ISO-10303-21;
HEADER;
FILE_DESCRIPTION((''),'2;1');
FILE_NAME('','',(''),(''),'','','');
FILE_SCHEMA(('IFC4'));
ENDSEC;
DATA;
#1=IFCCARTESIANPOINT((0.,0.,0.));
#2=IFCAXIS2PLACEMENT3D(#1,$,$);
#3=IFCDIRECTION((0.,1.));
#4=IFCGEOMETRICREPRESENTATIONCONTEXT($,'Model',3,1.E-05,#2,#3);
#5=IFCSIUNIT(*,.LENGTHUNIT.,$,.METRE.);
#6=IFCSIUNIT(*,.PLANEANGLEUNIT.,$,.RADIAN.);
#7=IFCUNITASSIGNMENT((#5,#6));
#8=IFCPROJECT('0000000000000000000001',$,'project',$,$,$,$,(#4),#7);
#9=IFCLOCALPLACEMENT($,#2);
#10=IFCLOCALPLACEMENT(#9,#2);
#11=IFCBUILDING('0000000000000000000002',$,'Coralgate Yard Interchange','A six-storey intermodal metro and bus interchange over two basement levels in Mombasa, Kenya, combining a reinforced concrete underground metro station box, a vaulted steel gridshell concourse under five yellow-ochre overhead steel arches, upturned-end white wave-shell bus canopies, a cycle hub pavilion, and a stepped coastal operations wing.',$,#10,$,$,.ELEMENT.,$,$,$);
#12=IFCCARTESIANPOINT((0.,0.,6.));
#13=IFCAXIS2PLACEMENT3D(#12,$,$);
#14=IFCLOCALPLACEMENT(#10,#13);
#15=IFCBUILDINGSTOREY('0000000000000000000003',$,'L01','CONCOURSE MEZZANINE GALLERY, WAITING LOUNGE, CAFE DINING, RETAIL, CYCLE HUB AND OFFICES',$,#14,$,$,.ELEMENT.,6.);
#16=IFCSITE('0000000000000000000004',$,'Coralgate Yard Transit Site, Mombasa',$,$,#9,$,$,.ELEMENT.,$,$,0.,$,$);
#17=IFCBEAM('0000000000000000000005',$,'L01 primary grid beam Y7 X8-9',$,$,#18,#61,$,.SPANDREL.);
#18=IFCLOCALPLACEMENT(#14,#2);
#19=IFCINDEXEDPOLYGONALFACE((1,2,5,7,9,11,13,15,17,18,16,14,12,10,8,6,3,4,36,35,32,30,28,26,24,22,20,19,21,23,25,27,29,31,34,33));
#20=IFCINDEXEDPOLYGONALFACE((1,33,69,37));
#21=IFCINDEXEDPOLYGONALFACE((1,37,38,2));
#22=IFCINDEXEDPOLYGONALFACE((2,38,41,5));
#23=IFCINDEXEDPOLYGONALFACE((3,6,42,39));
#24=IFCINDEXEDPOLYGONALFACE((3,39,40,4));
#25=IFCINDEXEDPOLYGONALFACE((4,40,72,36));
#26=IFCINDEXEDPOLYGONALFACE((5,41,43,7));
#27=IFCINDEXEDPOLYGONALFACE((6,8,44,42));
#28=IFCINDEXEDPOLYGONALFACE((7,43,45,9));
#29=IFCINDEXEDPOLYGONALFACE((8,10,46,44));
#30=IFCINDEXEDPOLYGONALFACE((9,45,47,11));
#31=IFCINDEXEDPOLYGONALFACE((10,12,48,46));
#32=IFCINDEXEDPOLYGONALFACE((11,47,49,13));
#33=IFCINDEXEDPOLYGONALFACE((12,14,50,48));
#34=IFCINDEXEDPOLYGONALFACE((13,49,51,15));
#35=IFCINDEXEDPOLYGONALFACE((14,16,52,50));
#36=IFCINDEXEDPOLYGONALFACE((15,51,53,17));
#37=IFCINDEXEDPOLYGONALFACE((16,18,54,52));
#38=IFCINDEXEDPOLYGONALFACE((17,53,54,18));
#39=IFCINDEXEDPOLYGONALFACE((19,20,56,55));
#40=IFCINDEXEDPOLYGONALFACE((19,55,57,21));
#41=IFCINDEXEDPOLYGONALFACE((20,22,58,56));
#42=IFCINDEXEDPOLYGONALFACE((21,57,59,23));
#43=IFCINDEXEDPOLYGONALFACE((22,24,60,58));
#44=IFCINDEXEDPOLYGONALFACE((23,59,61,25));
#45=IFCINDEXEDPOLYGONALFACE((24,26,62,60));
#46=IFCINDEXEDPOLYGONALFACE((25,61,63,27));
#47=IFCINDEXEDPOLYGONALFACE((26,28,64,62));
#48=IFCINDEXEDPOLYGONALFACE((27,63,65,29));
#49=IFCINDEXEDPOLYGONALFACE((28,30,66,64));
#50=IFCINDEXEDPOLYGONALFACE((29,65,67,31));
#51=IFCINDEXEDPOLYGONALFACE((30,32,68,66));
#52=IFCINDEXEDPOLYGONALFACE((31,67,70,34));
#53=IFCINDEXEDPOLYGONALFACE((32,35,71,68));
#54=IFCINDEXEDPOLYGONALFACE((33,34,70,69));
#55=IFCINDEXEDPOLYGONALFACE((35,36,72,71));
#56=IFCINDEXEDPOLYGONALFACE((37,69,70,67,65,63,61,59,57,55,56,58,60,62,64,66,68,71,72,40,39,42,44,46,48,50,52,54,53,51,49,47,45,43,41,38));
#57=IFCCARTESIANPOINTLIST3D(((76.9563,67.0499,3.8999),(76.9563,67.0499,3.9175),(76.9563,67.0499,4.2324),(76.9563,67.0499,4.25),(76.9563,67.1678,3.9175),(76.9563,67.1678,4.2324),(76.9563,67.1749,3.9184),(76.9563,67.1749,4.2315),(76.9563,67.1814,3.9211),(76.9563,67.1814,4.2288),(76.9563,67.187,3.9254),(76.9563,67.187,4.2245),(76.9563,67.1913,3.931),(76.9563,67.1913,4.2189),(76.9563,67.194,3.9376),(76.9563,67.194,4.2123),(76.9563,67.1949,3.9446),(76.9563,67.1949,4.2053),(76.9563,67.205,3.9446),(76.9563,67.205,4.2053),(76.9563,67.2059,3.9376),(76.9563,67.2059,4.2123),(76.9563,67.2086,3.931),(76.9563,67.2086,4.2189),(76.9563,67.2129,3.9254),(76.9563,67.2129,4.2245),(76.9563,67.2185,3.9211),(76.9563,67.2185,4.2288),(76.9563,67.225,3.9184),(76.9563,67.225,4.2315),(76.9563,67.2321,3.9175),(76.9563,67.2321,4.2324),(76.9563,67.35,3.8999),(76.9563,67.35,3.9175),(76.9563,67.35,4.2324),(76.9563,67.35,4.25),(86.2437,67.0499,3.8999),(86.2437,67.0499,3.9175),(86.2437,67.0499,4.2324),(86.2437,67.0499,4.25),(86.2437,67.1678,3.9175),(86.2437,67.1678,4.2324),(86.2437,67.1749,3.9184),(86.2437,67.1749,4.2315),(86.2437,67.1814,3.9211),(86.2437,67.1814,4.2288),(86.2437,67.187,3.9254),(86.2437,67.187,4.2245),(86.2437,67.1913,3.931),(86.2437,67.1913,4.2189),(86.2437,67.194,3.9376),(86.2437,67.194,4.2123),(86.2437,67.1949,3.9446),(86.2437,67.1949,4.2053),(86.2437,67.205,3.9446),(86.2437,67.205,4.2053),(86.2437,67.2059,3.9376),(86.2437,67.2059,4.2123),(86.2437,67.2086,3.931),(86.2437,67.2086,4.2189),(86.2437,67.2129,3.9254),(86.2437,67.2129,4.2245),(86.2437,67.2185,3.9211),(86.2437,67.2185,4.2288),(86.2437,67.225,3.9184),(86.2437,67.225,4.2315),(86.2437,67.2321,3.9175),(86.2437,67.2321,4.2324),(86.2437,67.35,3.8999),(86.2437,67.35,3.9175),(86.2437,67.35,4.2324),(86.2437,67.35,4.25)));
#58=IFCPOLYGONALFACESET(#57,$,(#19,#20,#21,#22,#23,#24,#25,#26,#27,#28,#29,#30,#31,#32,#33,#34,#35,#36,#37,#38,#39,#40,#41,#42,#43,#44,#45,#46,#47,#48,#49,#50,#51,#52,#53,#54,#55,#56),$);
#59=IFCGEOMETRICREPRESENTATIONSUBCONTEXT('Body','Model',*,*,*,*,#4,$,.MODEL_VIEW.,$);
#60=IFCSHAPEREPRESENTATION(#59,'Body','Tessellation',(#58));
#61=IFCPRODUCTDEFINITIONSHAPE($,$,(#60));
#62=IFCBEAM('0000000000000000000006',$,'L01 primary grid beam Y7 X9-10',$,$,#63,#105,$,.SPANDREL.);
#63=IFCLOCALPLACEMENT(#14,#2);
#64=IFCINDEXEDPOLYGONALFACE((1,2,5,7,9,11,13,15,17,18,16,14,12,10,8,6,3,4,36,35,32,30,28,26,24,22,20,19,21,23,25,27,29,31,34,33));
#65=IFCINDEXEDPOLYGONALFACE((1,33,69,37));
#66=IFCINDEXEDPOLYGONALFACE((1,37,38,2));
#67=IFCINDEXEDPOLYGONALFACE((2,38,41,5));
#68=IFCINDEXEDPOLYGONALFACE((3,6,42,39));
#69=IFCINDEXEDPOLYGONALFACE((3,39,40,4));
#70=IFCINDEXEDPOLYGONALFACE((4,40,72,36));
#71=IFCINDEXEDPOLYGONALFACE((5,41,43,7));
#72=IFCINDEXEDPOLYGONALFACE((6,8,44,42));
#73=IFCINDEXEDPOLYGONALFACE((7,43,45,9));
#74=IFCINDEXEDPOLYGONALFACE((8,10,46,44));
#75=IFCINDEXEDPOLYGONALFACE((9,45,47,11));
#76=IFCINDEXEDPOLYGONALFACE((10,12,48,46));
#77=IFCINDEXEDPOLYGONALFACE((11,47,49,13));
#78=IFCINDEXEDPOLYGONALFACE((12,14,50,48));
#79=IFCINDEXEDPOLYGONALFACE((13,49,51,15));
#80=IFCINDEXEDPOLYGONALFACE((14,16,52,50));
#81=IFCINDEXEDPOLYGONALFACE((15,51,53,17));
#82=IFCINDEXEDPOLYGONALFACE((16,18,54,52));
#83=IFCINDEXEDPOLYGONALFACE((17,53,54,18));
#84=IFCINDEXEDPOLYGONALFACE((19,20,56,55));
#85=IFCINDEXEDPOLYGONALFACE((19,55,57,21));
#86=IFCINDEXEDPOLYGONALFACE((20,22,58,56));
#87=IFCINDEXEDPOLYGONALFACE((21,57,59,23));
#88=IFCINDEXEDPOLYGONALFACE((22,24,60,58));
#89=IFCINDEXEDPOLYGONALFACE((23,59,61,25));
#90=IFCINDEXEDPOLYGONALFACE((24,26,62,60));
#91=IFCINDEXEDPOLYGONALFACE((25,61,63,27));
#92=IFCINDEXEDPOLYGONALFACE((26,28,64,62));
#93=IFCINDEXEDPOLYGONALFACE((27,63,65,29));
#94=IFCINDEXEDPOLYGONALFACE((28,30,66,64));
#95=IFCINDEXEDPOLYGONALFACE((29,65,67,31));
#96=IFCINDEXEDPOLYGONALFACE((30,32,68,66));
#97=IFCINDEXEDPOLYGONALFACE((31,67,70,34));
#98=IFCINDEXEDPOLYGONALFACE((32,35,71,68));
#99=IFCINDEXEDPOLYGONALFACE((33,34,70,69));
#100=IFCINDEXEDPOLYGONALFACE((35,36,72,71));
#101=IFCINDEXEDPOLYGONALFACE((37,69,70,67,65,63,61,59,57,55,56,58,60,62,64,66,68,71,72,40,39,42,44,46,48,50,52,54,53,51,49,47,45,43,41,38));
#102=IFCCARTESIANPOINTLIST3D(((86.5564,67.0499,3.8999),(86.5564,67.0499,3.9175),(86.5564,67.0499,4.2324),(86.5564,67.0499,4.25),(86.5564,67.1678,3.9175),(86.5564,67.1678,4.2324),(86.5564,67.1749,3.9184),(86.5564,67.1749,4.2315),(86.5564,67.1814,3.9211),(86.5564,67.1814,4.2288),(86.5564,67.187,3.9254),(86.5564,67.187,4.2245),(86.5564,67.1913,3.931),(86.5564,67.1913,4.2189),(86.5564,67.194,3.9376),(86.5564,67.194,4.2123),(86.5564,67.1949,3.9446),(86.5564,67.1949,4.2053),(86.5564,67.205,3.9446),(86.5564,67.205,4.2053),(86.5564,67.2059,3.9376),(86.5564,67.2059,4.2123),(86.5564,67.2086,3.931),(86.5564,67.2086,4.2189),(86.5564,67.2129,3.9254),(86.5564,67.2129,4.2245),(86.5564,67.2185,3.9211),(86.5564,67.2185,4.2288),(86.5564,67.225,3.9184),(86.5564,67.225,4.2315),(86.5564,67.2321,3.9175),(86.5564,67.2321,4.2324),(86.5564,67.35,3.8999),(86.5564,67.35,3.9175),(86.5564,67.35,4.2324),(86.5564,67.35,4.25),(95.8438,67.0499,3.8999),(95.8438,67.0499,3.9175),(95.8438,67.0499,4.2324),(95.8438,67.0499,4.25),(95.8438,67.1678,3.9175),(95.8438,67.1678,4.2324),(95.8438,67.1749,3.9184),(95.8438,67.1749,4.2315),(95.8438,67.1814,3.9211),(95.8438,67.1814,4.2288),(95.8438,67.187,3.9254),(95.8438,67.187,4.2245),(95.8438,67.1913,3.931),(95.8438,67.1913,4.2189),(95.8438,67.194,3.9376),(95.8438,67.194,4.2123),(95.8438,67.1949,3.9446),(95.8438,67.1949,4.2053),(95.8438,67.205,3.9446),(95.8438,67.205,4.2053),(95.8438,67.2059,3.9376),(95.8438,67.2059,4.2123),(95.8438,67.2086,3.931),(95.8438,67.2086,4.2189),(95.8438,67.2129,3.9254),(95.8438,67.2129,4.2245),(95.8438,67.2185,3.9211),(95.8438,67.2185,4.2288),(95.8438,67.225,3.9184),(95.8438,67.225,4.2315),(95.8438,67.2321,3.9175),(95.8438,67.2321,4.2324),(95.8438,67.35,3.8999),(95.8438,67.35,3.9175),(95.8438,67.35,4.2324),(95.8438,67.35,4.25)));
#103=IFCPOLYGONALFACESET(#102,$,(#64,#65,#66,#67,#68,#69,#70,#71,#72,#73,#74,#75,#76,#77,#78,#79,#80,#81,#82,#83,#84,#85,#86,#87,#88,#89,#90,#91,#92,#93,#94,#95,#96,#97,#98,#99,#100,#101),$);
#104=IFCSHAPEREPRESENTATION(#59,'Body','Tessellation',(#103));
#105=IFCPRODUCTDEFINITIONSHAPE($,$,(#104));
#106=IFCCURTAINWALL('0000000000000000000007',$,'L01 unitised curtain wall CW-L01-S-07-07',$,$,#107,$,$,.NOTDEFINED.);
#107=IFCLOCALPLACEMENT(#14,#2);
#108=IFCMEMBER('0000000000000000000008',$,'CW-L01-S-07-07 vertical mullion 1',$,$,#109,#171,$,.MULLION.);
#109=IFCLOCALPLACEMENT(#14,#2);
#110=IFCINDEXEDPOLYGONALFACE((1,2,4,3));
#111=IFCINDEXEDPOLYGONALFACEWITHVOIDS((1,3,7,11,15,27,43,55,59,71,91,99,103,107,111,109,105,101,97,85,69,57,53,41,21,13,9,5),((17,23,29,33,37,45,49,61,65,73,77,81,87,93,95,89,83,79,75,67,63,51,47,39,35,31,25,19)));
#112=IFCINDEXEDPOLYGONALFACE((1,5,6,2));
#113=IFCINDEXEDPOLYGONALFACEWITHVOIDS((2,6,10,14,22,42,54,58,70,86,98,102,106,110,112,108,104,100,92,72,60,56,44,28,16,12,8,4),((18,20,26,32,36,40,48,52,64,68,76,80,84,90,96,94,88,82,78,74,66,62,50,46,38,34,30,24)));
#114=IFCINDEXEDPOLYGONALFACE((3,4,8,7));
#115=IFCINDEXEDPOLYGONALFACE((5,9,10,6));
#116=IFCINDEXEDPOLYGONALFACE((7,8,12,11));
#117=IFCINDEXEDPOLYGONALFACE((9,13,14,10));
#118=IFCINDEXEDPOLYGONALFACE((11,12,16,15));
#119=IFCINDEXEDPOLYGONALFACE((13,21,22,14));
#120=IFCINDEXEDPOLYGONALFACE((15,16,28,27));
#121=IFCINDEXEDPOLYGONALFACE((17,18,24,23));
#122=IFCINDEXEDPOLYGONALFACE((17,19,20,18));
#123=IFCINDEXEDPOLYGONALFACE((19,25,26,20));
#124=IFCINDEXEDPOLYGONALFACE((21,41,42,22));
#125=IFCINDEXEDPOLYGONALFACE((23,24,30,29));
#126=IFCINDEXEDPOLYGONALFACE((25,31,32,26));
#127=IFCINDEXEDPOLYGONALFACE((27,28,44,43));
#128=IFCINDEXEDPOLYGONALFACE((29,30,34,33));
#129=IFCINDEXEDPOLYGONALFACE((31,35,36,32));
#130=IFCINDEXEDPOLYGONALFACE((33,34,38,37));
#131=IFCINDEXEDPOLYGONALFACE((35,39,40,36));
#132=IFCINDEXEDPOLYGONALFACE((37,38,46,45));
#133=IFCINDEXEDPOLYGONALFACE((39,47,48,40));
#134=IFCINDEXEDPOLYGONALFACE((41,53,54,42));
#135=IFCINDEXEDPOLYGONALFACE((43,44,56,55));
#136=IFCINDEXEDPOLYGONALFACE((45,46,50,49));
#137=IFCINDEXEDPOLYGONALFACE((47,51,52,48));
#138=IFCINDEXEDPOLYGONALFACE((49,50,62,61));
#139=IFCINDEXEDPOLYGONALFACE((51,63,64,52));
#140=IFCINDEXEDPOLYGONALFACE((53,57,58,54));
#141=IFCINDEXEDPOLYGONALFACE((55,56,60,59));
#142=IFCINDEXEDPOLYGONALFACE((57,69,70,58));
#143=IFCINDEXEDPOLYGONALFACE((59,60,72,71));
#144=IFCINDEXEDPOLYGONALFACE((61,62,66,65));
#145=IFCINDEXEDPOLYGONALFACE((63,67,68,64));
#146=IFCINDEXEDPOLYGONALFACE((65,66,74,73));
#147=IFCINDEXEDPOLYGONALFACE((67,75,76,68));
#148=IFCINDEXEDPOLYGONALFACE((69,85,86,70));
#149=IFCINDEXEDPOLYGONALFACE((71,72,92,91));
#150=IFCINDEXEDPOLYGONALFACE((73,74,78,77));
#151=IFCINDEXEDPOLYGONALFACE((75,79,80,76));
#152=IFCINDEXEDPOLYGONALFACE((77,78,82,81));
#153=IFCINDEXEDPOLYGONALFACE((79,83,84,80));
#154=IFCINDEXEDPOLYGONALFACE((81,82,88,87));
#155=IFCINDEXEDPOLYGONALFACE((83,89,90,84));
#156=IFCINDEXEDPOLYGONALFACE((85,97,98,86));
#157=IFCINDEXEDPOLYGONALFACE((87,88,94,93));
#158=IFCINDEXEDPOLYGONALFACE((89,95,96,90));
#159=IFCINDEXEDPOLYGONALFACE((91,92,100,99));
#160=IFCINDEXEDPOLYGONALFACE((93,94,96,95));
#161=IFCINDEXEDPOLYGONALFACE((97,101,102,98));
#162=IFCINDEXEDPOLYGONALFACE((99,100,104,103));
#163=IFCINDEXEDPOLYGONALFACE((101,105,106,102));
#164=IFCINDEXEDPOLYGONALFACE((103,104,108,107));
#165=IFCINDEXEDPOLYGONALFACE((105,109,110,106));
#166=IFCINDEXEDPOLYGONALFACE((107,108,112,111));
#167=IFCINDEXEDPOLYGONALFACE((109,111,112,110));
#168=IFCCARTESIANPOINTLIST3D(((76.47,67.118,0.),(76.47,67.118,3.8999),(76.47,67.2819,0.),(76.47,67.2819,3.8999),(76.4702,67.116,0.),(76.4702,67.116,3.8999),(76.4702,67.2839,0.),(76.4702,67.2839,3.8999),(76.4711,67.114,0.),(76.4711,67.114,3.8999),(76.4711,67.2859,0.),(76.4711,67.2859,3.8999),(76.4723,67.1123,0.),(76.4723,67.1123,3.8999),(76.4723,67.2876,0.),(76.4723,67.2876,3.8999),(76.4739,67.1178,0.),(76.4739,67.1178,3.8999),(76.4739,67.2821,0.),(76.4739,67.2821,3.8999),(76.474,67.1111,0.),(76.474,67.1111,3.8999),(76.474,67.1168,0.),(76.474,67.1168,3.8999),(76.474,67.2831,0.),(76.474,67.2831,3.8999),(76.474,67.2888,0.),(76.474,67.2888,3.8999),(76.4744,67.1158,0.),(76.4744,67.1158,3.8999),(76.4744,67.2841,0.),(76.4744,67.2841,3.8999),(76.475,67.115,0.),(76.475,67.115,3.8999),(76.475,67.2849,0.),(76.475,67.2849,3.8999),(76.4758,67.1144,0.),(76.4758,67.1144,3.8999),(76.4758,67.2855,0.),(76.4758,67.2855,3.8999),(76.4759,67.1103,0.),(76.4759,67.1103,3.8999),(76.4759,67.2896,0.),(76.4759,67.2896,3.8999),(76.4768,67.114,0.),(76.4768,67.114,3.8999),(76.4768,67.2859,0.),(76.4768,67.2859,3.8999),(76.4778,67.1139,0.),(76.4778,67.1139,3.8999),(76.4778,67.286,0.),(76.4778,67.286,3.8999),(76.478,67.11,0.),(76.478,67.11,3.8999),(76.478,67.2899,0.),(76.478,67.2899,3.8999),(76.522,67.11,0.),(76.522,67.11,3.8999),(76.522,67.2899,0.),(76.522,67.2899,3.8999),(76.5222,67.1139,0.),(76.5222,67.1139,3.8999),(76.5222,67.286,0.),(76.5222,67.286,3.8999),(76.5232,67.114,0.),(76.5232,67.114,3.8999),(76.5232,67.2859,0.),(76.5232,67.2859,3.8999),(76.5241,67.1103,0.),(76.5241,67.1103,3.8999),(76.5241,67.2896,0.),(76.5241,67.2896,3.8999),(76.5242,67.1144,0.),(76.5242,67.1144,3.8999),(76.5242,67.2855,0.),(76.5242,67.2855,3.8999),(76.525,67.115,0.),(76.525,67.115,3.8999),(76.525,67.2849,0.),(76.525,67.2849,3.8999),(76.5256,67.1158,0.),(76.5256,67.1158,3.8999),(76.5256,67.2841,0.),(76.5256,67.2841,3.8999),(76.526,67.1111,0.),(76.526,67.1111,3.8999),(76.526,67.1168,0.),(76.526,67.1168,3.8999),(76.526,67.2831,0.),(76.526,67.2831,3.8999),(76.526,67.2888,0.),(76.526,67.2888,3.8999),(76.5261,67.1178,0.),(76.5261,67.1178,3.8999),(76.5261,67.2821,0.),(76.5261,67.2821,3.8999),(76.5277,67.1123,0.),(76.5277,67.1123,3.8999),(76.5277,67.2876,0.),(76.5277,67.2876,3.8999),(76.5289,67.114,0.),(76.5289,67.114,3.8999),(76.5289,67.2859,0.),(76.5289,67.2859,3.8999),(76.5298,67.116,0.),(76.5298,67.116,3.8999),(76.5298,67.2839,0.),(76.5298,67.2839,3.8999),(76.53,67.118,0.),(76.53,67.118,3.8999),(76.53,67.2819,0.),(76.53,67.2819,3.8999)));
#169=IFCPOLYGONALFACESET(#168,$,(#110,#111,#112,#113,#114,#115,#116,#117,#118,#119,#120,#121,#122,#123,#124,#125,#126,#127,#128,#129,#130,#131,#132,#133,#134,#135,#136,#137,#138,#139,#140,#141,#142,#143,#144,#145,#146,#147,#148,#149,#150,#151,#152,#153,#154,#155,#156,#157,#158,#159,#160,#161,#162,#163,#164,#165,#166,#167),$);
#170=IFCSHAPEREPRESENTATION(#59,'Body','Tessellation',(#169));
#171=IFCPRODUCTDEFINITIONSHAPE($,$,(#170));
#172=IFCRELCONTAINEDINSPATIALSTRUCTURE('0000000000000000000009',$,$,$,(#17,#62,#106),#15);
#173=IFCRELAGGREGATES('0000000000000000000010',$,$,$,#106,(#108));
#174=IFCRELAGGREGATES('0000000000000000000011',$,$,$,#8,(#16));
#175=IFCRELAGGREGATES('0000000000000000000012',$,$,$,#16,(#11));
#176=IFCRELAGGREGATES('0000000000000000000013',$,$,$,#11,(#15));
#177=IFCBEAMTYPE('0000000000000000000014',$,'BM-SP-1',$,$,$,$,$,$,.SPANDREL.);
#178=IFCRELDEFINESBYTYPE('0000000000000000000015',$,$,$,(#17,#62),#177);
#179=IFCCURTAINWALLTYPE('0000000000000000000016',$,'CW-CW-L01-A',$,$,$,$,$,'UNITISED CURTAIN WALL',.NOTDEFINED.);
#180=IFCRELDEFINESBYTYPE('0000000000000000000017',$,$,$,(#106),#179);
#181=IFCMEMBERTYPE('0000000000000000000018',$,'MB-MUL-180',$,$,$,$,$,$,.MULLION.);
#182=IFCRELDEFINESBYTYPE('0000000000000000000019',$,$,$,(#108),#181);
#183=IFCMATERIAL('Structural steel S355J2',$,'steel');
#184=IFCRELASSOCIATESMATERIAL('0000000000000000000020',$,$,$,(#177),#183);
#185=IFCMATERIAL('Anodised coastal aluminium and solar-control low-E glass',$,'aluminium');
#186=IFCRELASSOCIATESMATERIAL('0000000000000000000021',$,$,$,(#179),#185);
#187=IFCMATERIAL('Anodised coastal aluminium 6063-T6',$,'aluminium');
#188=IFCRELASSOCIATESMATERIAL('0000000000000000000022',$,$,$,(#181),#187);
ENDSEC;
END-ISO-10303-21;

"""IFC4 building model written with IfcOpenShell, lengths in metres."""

from ifc_helpers import new_model, si_unit, direction, frame, origin, origin_2d, place, context, subcontext, project, spatial, hollow_rectangle, i_section, extrude, material, material_profile, profile_set, type_object, element, aggregate, save


model = new_model("IFC4")

# Units and contexts
model_context = context("Model", 3, precision=1e-05, world=origin(), true_north=direction((0.0, 1.0)))
body_context = subcontext(model_context, "Body", "Model", "MODEL_VIEW")
ifc_project = project(units=[si_unit("LENGTHUNIT", "METRE"), si_unit("PLANEANGLEUNIT", "RADIAN")], contexts=[model_context])

# Site, building, storey
site_placement = place(None, origin())
site = spatial("IfcSite", under=ifc_project, at=site_placement, Name="Coralgate Yard Transit Site, Mombasa", CompositionType="ELEMENT", RefElevation=0.0)
building_placement = place(site_placement, origin())
building = spatial("IfcBuilding", under=site, at=building_placement, Name="Coralgate Yard Interchange", Description="A six-storey intermodal metro and bus interchange over two basement levels in Mombasa, Kenya, combining a reinforced concrete underground metro station box, a vaulted steel gridshell concourse under five yellow-ochre overhead steel arches, upturned-end white wave-shell bus canopies, a cycle hub pavilion, and a stepped coastal operations wing.", CompositionType="ELEMENT")
storey_placement = place(building_placement, frame((0.0, 0.0, 6.0)))
storey = spatial("IfcBuildingStorey", under=building, at=storey_placement, Name="L01", Description="CONCOURSE MEZZANINE GALLERY, WAITING LOUNGE, CAFE DINING, RETAIL, CYCLE HUB AND OFFICES", CompositionType="ELEMENT", Elevation=6.0)

# Shared definitions
ifc_material_1 = material(Name="Structural steel S355J2", Category="steel")

# Beams
ifc_material_profile_1 = material_profile(ifc_material_1, i_section(OverallWidth=0.3, OverallDepth=0.3501, WebThickness=0.01, FlangeThickness=0.0176, FilletRadius=0.0271, at=origin_2d()), Name="HEA 360")
ifc_profile_set_1 = profile_set([ifc_material_profile_1], Name="Structural steel S355J2")
beam_type_1 = type_object("IfcBeamType", Name="BM-SP-1", PredefinedType="SPANDREL", material=ifc_profile_set_1)
for number, where, z_axis, x_axis, name in (
    (1, (76.9563, 67.2, 4.075), (1.0, 0.0, 0.0), (0.0, 1.0, 0.0), "L01 primary grid beam Y7 X8-9"),
    (2, (86.5564, 67.2, 4.075), (1.0, 0.0, 0.0), (0.0, 1.0, 0.0), "L01 primary grid beam Y7 X9-10"),
):
    element("IfcBeam", number, at=place(storey_placement, frame(where, z_axis=z_axis, x_axis=x_axis)), inside=storey, type_object=beam_type_1, Name=name, PredefinedType="SPANDREL", context=body_context, shape_type="SweptSolid", body=[
        extrude(i_section(OverallWidth=0.3, OverallDepth=0.3501, WebThickness=0.01, FlangeThickness=0.0176, FilletRadius=0.0271, at=origin_2d()), origin(), (0.0, 0.0, 1.0), 9.2874),
    ])

# Curtain wall, member
ifc_material_2 = material(Name="Anodised coastal aluminium and solar-control low-E glass", Category="aluminium")
curtain_wall_type = type_object("IfcCurtainWallType", Name="CW-CW-L01-A", ElementType="UNITISED CURTAIN WALL", PredefinedType="NOTDEFINED", material=ifc_material_2)
curtain_wall_1_placement = place(storey_placement, origin())
curtain_wall_1 = element("IfcCurtainWall", 3, at=curtain_wall_1_placement, inside=storey, type_object=curtain_wall_type, Name="L01 unitised curtain wall CW-L01-S-07-07", PredefinedType="NOTDEFINED")
ifc_material_3 = material(Name="Anodised coastal aluminium 6063-T6", Category="aluminium")
ifc_material_profile_2 = material_profile(ifc_material_3, hollow_rectangle(XDim=0.0601, YDim=0.1799, WallThickness=0.0039, InnerFilletRadius=0.0039, OuterFilletRadius=0.0081, at=origin_2d()), Name="ALU 60x180x4")
ifc_profile_set_2 = profile_set([ifc_material_profile_2], Name="Anodised coastal aluminium 6063-T6")
member_type_1 = type_object("IfcMemberType", Name="MB-MUL-180", PredefinedType="MULLION", material=ifc_profile_set_2)
member_1_placement = place(storey_placement, frame((76.5, 67.2, 0.0), z_axis=(0.0, 0.0, 1.0), x_axis=(1.0, 0.0, 0.0)))
member_1 = element("IfcMember", 4, at=member_1_placement, type_object=member_type_1, Name="CW-L01-S-07-07 vertical mullion 1", PredefinedType="MULLION", context=body_context, shape_type="SweptSolid", body=[
    extrude(hollow_rectangle(XDim=0.0601, YDim=0.1799, WallThickness=0.0039, InnerFilletRadius=0.0039, OuterFilletRadius=0.0081, at=origin_2d()), origin(), (0.0, 0.0, 1.0), 3.8999),
])

aggregate(curtain_wall_1, [member_1])

save(model, "model.ifc")
